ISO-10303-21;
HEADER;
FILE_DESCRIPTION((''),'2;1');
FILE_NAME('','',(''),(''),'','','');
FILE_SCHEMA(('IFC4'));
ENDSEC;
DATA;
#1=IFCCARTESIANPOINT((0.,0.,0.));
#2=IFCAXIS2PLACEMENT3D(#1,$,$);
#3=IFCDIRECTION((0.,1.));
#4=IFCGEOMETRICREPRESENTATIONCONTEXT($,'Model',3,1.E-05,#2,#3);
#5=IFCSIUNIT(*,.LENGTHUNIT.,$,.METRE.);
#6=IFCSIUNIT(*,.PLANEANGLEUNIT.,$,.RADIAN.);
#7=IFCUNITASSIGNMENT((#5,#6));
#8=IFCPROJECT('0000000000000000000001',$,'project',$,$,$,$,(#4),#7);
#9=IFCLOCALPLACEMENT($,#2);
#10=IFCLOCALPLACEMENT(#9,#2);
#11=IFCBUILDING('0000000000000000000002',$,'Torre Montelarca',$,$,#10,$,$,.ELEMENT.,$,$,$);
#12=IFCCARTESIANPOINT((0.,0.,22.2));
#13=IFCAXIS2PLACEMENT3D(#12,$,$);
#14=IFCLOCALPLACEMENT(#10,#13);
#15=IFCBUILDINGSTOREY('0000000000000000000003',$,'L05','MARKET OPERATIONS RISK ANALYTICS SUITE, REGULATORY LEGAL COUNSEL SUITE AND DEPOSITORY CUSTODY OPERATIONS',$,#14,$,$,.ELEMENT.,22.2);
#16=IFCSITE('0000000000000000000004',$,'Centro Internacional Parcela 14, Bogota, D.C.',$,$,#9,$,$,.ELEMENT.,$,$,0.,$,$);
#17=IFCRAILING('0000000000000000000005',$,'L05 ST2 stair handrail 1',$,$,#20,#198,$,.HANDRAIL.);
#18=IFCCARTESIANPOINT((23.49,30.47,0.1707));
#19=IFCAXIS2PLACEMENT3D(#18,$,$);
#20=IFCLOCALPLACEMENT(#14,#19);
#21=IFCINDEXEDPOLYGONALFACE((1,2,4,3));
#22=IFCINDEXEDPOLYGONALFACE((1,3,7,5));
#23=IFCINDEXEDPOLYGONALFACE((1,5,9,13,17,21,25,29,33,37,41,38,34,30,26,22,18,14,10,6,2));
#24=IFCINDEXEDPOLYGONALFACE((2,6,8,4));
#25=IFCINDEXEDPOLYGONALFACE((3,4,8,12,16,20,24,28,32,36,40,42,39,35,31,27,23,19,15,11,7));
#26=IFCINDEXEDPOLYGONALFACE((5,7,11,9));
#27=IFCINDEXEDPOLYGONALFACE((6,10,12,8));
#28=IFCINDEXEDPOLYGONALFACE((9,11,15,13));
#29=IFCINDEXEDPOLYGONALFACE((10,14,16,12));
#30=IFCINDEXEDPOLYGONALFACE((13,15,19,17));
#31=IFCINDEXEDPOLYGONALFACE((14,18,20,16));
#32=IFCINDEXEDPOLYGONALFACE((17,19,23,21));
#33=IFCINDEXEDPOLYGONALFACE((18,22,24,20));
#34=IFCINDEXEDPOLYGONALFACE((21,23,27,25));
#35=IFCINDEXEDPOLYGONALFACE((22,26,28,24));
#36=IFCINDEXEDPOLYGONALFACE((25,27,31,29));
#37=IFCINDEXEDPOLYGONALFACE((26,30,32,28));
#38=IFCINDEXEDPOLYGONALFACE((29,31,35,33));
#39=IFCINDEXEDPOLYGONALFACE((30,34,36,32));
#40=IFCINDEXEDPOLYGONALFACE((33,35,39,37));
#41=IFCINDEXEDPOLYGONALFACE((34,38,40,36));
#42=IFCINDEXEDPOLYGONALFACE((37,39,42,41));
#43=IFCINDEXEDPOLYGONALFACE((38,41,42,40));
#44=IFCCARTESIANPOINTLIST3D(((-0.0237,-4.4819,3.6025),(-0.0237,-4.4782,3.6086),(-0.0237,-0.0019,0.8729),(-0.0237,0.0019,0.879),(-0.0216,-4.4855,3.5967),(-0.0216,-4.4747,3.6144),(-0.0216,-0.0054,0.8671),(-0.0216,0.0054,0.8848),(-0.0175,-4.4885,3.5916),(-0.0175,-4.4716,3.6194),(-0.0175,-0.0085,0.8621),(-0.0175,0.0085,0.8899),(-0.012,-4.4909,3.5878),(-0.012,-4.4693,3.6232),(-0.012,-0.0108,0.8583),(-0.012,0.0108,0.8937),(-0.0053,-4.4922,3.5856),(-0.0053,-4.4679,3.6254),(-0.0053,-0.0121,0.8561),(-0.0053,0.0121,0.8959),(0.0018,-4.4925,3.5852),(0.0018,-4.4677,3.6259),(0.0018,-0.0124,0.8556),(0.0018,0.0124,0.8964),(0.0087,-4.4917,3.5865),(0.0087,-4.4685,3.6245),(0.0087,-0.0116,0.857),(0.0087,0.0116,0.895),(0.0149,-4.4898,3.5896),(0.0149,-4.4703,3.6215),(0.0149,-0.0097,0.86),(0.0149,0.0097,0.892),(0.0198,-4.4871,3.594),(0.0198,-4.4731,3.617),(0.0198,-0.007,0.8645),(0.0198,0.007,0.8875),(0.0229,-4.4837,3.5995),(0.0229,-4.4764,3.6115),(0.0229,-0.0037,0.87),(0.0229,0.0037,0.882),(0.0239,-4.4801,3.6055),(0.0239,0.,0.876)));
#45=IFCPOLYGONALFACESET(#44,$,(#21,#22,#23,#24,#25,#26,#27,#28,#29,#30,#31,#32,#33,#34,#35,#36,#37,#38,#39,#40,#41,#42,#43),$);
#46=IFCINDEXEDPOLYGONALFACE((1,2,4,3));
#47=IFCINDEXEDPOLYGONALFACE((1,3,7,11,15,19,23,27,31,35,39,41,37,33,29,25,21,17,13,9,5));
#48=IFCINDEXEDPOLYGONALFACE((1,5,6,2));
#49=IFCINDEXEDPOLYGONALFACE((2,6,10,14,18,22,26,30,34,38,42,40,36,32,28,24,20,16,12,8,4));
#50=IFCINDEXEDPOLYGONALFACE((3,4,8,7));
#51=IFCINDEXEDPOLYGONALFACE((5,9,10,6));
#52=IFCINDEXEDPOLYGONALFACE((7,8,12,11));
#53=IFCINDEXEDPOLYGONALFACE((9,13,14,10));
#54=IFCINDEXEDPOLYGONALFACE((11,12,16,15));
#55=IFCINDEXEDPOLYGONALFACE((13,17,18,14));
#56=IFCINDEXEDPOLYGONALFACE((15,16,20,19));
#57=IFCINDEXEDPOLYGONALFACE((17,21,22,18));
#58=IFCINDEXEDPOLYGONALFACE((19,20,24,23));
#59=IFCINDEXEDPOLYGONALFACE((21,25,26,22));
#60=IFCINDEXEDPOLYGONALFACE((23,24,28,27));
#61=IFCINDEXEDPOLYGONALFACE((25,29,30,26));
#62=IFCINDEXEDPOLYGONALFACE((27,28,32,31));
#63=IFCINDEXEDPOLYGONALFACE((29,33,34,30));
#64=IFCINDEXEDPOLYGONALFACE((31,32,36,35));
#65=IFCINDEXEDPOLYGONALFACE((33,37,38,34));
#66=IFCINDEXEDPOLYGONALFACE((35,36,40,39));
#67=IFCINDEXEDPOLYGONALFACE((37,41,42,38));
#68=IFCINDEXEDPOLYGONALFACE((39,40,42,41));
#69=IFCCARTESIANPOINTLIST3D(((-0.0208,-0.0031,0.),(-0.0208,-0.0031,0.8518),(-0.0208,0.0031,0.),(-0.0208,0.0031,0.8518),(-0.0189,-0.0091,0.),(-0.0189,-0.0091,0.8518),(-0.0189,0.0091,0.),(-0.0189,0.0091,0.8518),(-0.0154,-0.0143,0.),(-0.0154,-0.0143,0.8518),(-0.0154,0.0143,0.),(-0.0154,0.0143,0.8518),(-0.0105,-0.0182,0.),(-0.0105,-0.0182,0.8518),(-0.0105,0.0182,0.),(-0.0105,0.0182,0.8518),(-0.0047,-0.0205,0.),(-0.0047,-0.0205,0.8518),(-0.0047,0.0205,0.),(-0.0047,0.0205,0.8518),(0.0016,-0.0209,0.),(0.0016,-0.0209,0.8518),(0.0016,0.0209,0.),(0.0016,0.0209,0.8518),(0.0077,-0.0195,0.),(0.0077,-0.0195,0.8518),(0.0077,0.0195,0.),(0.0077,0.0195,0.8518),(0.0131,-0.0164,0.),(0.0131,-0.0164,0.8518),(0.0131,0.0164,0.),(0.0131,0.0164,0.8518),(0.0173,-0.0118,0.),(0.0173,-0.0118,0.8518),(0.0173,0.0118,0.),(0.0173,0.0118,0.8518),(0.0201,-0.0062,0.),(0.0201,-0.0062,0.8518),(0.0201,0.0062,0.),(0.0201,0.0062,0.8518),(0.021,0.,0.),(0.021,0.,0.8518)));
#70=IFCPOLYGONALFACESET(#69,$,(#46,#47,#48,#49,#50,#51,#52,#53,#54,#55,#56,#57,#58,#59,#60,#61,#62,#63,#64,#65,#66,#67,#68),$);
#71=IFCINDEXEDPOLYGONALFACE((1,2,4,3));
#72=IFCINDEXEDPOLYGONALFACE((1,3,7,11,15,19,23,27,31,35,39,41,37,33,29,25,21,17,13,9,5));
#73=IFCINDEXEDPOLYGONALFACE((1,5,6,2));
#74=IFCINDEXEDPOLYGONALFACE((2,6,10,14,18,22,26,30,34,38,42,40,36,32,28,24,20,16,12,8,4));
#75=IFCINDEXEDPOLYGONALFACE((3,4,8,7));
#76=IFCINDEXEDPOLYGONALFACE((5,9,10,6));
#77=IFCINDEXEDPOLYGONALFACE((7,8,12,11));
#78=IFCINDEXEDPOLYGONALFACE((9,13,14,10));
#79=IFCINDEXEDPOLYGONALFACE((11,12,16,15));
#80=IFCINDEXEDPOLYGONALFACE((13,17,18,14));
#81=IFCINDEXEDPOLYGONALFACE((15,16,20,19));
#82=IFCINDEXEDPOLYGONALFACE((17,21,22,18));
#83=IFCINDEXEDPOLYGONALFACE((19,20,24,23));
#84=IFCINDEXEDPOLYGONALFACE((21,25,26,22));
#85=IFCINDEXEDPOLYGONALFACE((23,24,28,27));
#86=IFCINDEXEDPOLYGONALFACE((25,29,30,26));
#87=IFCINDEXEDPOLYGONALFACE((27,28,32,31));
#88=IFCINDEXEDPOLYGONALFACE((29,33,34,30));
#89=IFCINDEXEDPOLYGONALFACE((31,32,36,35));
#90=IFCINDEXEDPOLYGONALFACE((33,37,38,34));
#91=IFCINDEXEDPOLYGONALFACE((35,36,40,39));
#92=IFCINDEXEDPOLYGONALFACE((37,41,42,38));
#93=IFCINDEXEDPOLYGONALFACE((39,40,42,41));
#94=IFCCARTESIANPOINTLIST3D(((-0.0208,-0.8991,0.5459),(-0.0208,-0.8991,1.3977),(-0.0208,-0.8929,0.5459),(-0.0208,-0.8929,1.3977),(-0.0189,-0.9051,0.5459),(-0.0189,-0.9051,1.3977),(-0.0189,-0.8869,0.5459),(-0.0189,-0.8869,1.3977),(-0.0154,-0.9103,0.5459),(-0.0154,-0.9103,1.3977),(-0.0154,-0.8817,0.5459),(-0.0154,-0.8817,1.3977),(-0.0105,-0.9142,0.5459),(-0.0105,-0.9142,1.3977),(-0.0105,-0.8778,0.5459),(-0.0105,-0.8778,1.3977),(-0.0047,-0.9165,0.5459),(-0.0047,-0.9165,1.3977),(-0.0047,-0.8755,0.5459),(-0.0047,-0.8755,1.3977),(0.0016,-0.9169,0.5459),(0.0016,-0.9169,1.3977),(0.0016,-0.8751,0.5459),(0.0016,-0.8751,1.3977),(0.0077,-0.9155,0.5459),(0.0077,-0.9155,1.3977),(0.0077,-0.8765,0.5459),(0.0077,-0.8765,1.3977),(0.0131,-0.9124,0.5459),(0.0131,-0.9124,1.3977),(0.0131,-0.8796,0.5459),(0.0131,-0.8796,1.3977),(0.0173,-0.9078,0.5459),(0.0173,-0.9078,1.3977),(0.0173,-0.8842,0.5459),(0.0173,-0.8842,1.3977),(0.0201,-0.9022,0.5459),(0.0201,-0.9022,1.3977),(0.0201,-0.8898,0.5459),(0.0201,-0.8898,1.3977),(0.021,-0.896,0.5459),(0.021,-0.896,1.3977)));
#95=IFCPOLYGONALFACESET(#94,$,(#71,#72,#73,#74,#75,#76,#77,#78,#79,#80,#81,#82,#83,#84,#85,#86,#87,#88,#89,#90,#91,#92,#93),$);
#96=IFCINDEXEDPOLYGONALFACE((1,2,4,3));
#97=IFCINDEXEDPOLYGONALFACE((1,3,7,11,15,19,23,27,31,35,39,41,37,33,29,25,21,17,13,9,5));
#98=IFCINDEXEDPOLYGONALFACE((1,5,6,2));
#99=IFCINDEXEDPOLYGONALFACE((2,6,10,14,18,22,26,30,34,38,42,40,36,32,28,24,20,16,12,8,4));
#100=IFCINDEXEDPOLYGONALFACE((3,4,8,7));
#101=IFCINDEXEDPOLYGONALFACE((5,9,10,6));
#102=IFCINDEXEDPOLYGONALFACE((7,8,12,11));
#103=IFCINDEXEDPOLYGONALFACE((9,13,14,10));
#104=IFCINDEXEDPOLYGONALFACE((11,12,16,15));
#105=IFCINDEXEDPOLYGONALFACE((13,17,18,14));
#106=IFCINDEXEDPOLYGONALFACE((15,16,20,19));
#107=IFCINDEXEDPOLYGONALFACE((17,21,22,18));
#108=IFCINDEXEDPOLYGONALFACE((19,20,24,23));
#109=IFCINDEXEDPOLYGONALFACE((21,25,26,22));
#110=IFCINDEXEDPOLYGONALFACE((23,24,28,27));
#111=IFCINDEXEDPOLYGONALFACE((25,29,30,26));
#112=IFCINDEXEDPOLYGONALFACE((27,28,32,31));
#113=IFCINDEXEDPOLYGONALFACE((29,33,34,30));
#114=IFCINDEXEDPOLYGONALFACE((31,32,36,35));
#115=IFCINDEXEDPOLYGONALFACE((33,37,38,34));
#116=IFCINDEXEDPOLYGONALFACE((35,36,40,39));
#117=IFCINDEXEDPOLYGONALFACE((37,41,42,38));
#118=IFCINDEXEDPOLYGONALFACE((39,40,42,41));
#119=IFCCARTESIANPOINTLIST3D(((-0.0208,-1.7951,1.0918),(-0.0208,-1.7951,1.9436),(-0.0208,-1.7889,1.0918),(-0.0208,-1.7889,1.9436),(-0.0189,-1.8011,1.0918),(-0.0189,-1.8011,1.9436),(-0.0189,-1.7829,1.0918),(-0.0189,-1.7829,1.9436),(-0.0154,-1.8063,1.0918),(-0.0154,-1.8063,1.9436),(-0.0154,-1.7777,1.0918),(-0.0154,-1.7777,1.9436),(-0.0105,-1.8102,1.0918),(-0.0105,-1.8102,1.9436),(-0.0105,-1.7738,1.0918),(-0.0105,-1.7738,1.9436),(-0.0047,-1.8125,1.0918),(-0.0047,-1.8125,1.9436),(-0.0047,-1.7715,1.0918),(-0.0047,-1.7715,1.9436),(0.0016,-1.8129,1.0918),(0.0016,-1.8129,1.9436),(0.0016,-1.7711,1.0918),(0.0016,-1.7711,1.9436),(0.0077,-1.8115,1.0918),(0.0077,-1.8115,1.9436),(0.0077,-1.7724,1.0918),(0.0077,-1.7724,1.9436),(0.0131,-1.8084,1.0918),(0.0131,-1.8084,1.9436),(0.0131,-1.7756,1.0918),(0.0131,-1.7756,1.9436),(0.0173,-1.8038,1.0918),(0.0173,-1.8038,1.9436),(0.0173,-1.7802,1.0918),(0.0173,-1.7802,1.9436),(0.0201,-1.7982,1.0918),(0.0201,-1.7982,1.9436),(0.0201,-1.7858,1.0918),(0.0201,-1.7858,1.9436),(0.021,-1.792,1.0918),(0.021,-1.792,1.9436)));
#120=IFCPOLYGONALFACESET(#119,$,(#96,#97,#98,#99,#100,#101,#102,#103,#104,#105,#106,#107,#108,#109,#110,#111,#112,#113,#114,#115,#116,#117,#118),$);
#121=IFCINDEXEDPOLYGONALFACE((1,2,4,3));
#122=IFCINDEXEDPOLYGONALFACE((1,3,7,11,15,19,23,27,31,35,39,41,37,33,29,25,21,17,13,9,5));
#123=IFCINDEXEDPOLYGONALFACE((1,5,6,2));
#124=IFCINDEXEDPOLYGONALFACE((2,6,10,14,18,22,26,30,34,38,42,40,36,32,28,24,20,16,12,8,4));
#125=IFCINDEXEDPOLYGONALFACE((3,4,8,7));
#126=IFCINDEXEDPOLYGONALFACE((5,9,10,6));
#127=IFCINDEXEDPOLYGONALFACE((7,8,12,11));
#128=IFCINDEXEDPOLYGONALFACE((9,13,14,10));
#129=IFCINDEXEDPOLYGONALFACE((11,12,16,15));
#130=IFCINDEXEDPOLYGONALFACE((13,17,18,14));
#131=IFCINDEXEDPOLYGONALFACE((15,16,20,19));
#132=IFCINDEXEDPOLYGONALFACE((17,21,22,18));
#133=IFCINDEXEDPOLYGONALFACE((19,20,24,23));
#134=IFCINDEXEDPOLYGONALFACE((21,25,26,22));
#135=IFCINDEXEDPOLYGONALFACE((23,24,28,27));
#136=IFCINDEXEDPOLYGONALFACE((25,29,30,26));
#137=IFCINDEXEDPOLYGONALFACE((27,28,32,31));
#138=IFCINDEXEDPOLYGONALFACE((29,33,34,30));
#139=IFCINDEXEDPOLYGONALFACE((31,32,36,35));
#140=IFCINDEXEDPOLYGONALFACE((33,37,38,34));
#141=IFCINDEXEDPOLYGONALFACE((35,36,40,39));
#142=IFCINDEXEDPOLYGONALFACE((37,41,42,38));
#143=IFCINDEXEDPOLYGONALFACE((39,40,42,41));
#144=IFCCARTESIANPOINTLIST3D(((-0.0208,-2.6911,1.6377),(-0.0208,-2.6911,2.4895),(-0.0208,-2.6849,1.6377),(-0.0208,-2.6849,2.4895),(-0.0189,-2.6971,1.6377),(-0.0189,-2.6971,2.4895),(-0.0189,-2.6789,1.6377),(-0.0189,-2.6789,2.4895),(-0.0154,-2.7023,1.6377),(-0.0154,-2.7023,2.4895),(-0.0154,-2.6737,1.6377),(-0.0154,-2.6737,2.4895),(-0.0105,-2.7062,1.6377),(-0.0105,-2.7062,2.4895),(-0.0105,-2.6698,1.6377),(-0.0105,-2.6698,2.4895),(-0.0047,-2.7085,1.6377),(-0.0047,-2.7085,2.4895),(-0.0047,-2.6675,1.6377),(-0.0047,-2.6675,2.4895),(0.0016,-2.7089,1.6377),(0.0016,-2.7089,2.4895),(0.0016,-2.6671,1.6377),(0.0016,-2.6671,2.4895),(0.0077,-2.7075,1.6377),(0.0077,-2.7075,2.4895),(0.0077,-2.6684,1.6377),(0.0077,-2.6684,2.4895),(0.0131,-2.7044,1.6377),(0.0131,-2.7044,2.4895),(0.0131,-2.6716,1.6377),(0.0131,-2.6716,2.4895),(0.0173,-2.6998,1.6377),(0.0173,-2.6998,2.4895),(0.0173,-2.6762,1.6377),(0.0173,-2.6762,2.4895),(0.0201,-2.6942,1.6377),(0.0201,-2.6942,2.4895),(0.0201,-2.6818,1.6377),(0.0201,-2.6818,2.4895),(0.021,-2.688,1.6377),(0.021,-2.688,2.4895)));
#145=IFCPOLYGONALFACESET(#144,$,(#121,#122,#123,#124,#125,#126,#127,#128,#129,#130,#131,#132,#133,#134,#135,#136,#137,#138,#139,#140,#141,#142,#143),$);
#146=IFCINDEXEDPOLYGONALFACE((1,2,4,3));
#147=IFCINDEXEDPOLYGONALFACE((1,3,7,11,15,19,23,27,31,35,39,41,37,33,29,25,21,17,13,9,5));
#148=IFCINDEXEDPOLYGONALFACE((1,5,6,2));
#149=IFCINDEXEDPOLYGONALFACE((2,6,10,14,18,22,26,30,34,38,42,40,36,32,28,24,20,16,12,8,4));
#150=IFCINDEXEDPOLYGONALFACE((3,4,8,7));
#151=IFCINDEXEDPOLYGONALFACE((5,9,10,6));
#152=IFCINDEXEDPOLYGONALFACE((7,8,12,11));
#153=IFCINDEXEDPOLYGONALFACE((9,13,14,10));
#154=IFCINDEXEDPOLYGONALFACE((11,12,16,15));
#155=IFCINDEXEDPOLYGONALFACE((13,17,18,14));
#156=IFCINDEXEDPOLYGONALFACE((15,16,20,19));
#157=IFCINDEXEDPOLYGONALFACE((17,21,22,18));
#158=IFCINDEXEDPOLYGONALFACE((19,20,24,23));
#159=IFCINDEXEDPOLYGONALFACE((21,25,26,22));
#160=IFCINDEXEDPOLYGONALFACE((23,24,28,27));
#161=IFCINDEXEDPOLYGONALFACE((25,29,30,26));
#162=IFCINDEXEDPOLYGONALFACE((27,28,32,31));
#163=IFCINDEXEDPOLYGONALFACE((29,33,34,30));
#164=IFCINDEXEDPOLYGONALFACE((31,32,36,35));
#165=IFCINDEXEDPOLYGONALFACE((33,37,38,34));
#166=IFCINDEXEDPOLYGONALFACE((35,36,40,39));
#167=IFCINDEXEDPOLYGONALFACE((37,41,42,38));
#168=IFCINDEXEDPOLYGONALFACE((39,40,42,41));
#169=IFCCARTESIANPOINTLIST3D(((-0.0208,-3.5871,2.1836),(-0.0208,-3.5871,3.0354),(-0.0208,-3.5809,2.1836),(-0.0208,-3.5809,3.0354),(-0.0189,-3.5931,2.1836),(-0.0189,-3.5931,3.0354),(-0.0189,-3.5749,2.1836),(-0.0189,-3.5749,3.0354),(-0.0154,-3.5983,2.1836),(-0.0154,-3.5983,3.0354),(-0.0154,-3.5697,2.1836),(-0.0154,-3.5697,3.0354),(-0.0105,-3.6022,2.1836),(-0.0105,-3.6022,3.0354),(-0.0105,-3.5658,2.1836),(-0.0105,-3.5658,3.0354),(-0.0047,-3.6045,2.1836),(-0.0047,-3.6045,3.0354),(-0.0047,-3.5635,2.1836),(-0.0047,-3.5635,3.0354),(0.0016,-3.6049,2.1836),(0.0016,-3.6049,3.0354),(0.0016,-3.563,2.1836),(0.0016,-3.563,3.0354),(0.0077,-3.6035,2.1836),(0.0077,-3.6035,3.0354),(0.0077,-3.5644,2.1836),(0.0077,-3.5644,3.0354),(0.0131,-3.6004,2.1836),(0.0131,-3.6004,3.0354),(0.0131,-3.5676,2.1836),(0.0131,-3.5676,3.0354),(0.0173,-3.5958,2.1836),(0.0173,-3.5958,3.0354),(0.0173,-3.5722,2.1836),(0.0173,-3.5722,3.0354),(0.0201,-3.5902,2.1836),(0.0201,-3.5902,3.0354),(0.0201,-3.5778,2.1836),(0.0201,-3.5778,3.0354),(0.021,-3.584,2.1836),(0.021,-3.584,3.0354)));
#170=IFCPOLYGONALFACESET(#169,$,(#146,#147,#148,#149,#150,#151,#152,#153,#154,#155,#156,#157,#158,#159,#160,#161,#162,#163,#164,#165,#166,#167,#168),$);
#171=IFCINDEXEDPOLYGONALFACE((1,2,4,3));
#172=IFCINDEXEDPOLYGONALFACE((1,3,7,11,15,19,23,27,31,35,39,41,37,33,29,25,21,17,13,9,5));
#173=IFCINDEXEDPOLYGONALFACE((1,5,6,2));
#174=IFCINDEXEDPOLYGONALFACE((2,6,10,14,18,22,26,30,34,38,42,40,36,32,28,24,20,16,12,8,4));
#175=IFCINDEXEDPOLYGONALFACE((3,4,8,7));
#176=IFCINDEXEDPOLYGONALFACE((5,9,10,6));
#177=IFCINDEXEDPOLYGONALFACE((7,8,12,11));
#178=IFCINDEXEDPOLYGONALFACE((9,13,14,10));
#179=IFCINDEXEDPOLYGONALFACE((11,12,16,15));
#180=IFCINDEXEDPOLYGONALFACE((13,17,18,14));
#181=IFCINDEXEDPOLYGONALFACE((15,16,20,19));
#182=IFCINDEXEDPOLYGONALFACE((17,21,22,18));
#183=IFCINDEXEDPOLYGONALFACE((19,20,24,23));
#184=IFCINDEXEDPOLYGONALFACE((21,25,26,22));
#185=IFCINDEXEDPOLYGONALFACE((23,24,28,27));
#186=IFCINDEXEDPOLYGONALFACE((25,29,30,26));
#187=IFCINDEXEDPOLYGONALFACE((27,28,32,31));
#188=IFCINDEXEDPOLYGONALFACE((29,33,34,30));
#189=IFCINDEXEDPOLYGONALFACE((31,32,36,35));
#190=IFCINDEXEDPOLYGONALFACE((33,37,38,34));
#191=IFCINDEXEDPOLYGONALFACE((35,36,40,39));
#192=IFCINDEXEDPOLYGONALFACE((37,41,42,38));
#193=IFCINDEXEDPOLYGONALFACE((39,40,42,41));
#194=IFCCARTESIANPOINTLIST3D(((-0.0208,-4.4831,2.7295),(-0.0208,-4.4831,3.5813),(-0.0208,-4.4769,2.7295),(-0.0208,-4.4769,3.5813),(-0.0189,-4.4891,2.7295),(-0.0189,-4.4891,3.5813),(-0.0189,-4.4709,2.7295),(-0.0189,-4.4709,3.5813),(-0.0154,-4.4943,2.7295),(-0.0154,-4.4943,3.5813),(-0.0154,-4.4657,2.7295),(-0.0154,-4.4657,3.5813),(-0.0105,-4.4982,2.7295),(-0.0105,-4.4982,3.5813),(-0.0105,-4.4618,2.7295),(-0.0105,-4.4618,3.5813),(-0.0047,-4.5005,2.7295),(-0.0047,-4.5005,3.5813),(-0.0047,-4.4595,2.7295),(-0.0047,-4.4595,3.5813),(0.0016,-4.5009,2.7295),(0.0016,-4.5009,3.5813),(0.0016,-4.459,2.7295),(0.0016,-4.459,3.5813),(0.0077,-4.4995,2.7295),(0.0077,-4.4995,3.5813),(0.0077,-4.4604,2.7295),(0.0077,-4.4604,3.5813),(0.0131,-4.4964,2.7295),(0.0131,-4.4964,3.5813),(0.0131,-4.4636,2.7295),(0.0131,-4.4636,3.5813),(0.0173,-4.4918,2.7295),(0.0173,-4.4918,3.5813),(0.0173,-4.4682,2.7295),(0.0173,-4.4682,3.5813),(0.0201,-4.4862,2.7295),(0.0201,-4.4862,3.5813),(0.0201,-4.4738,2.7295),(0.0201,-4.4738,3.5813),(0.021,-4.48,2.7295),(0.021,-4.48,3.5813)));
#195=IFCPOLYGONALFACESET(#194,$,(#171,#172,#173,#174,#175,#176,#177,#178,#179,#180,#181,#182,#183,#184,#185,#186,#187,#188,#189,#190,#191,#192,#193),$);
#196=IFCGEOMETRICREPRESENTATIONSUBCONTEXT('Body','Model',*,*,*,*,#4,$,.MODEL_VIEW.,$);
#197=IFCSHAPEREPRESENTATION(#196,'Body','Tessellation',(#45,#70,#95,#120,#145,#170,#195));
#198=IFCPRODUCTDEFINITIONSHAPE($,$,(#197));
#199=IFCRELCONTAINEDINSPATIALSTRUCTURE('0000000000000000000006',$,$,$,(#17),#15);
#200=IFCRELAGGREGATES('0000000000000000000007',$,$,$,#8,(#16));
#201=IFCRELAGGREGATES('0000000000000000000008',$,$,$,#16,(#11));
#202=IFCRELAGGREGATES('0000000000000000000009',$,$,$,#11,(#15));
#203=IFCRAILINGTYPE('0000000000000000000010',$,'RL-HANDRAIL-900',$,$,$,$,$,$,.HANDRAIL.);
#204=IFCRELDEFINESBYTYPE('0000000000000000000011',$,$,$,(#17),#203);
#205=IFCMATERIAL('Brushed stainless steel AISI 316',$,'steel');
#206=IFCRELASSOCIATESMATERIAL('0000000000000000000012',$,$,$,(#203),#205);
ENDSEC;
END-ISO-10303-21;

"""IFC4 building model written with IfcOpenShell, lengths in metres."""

from ifc_helpers import new_model, si_unit, direction, frame, origin, origin_2d, place, context, subcontext, project, spatial, circle, extrude, material, type_object, element, save


model = new_model("IFC4")

# Units and contexts
model_context = context("Model", 3, precision=1e-05, world=origin(), true_north=direction((0.0, 1.0)))
body_context = subcontext(model_context, "Body", "Model", "MODEL_VIEW")
ifc_project = project(units=[si_unit("LENGTHUNIT", "METRE"), si_unit("PLANEANGLEUNIT", "RADIAN")], contexts=[model_context])

# Site, building, storey
site_placement = place(None, origin())
site = spatial("IfcSite", under=ifc_project, at=site_placement, Name="Centro Internacional Parcela 14, Bogota, D.C.", CompositionType="ELEMENT", RefElevation=0.0)
building_placement = place(site_placement, origin())
building = spatial("IfcBuilding", under=site, at=building_placement, Name="Torre Montelarca", CompositionType="ELEMENT")
storey_placement = place(building_placement, frame((0.0, 0.0, 22.2)))
storey = spatial("IfcBuildingStorey", under=building, at=storey_placement, Name="L05", Description="MARKET OPERATIONS RISK ANALYTICS SUITE, REGULATORY LEGAL COUNSEL SUITE AND DEPOSITORY CUSTODY OPERATIONS", CompositionType="ELEMENT", Elevation=22.2)

# Shared definitions
ifc_material_1 = material(Name="Brushed stainless steel AISI 316", Category="steel")

# Railing
railing_type_1 = type_object("IfcRailingType", Name="RL-HANDRAIL-900", PredefinedType="HANDRAIL", material=ifc_material_1)
railing_1_placement = place(storey_placement, frame((23.49, 30.47, 0.1707)))
element("IfcRailing", 1, at=railing_1_placement, inside=storey, type_object=railing_type_1, Name="L05 ST2 stair handrail 1", PredefinedType="HANDRAIL", context=body_context, shape_type="SweptSolid", body=[
    extrude(circle(Radius=0.0239, at=origin_2d()), frame((0.0, 0.0, 0.876), z_axis=(0.0, -0.853983, 0.520301), x_axis=(1.0, 0.0, 0.0)), (0.0, 0.0, 1.0), 5.2461),
    extrude(circle(Radius=0.021, at=origin_2d()), origin(), (0.0, 0.0, 1.0), 0.8518),
    extrude(circle(Radius=0.021, at=origin_2d()), frame((0.0, -0.896, 0.5459)), (0.0, 0.0, 1.0), 0.8518),
    extrude(circle(Radius=0.021, at=origin_2d()), frame((0.0, -1.792, 1.0918)), (0.0, 0.0, 1.0), 0.8518),
    extrude(circle(Radius=0.021, at=origin_2d()), frame((0.0, -2.688, 1.6377)), (0.0, 0.0, 1.0), 0.8518),
    extrude(circle(Radius=0.021, at=origin_2d()), frame((0.0, -3.584, 2.1836)), (0.0, 0.0, 1.0), 0.8518),
    extrude(circle(Radius=0.021, at=origin_2d()), frame((0.0, -4.48, 2.7295)), (0.0, 0.0, 1.0), 0.8518),
])

save(model, "model.ifc")
